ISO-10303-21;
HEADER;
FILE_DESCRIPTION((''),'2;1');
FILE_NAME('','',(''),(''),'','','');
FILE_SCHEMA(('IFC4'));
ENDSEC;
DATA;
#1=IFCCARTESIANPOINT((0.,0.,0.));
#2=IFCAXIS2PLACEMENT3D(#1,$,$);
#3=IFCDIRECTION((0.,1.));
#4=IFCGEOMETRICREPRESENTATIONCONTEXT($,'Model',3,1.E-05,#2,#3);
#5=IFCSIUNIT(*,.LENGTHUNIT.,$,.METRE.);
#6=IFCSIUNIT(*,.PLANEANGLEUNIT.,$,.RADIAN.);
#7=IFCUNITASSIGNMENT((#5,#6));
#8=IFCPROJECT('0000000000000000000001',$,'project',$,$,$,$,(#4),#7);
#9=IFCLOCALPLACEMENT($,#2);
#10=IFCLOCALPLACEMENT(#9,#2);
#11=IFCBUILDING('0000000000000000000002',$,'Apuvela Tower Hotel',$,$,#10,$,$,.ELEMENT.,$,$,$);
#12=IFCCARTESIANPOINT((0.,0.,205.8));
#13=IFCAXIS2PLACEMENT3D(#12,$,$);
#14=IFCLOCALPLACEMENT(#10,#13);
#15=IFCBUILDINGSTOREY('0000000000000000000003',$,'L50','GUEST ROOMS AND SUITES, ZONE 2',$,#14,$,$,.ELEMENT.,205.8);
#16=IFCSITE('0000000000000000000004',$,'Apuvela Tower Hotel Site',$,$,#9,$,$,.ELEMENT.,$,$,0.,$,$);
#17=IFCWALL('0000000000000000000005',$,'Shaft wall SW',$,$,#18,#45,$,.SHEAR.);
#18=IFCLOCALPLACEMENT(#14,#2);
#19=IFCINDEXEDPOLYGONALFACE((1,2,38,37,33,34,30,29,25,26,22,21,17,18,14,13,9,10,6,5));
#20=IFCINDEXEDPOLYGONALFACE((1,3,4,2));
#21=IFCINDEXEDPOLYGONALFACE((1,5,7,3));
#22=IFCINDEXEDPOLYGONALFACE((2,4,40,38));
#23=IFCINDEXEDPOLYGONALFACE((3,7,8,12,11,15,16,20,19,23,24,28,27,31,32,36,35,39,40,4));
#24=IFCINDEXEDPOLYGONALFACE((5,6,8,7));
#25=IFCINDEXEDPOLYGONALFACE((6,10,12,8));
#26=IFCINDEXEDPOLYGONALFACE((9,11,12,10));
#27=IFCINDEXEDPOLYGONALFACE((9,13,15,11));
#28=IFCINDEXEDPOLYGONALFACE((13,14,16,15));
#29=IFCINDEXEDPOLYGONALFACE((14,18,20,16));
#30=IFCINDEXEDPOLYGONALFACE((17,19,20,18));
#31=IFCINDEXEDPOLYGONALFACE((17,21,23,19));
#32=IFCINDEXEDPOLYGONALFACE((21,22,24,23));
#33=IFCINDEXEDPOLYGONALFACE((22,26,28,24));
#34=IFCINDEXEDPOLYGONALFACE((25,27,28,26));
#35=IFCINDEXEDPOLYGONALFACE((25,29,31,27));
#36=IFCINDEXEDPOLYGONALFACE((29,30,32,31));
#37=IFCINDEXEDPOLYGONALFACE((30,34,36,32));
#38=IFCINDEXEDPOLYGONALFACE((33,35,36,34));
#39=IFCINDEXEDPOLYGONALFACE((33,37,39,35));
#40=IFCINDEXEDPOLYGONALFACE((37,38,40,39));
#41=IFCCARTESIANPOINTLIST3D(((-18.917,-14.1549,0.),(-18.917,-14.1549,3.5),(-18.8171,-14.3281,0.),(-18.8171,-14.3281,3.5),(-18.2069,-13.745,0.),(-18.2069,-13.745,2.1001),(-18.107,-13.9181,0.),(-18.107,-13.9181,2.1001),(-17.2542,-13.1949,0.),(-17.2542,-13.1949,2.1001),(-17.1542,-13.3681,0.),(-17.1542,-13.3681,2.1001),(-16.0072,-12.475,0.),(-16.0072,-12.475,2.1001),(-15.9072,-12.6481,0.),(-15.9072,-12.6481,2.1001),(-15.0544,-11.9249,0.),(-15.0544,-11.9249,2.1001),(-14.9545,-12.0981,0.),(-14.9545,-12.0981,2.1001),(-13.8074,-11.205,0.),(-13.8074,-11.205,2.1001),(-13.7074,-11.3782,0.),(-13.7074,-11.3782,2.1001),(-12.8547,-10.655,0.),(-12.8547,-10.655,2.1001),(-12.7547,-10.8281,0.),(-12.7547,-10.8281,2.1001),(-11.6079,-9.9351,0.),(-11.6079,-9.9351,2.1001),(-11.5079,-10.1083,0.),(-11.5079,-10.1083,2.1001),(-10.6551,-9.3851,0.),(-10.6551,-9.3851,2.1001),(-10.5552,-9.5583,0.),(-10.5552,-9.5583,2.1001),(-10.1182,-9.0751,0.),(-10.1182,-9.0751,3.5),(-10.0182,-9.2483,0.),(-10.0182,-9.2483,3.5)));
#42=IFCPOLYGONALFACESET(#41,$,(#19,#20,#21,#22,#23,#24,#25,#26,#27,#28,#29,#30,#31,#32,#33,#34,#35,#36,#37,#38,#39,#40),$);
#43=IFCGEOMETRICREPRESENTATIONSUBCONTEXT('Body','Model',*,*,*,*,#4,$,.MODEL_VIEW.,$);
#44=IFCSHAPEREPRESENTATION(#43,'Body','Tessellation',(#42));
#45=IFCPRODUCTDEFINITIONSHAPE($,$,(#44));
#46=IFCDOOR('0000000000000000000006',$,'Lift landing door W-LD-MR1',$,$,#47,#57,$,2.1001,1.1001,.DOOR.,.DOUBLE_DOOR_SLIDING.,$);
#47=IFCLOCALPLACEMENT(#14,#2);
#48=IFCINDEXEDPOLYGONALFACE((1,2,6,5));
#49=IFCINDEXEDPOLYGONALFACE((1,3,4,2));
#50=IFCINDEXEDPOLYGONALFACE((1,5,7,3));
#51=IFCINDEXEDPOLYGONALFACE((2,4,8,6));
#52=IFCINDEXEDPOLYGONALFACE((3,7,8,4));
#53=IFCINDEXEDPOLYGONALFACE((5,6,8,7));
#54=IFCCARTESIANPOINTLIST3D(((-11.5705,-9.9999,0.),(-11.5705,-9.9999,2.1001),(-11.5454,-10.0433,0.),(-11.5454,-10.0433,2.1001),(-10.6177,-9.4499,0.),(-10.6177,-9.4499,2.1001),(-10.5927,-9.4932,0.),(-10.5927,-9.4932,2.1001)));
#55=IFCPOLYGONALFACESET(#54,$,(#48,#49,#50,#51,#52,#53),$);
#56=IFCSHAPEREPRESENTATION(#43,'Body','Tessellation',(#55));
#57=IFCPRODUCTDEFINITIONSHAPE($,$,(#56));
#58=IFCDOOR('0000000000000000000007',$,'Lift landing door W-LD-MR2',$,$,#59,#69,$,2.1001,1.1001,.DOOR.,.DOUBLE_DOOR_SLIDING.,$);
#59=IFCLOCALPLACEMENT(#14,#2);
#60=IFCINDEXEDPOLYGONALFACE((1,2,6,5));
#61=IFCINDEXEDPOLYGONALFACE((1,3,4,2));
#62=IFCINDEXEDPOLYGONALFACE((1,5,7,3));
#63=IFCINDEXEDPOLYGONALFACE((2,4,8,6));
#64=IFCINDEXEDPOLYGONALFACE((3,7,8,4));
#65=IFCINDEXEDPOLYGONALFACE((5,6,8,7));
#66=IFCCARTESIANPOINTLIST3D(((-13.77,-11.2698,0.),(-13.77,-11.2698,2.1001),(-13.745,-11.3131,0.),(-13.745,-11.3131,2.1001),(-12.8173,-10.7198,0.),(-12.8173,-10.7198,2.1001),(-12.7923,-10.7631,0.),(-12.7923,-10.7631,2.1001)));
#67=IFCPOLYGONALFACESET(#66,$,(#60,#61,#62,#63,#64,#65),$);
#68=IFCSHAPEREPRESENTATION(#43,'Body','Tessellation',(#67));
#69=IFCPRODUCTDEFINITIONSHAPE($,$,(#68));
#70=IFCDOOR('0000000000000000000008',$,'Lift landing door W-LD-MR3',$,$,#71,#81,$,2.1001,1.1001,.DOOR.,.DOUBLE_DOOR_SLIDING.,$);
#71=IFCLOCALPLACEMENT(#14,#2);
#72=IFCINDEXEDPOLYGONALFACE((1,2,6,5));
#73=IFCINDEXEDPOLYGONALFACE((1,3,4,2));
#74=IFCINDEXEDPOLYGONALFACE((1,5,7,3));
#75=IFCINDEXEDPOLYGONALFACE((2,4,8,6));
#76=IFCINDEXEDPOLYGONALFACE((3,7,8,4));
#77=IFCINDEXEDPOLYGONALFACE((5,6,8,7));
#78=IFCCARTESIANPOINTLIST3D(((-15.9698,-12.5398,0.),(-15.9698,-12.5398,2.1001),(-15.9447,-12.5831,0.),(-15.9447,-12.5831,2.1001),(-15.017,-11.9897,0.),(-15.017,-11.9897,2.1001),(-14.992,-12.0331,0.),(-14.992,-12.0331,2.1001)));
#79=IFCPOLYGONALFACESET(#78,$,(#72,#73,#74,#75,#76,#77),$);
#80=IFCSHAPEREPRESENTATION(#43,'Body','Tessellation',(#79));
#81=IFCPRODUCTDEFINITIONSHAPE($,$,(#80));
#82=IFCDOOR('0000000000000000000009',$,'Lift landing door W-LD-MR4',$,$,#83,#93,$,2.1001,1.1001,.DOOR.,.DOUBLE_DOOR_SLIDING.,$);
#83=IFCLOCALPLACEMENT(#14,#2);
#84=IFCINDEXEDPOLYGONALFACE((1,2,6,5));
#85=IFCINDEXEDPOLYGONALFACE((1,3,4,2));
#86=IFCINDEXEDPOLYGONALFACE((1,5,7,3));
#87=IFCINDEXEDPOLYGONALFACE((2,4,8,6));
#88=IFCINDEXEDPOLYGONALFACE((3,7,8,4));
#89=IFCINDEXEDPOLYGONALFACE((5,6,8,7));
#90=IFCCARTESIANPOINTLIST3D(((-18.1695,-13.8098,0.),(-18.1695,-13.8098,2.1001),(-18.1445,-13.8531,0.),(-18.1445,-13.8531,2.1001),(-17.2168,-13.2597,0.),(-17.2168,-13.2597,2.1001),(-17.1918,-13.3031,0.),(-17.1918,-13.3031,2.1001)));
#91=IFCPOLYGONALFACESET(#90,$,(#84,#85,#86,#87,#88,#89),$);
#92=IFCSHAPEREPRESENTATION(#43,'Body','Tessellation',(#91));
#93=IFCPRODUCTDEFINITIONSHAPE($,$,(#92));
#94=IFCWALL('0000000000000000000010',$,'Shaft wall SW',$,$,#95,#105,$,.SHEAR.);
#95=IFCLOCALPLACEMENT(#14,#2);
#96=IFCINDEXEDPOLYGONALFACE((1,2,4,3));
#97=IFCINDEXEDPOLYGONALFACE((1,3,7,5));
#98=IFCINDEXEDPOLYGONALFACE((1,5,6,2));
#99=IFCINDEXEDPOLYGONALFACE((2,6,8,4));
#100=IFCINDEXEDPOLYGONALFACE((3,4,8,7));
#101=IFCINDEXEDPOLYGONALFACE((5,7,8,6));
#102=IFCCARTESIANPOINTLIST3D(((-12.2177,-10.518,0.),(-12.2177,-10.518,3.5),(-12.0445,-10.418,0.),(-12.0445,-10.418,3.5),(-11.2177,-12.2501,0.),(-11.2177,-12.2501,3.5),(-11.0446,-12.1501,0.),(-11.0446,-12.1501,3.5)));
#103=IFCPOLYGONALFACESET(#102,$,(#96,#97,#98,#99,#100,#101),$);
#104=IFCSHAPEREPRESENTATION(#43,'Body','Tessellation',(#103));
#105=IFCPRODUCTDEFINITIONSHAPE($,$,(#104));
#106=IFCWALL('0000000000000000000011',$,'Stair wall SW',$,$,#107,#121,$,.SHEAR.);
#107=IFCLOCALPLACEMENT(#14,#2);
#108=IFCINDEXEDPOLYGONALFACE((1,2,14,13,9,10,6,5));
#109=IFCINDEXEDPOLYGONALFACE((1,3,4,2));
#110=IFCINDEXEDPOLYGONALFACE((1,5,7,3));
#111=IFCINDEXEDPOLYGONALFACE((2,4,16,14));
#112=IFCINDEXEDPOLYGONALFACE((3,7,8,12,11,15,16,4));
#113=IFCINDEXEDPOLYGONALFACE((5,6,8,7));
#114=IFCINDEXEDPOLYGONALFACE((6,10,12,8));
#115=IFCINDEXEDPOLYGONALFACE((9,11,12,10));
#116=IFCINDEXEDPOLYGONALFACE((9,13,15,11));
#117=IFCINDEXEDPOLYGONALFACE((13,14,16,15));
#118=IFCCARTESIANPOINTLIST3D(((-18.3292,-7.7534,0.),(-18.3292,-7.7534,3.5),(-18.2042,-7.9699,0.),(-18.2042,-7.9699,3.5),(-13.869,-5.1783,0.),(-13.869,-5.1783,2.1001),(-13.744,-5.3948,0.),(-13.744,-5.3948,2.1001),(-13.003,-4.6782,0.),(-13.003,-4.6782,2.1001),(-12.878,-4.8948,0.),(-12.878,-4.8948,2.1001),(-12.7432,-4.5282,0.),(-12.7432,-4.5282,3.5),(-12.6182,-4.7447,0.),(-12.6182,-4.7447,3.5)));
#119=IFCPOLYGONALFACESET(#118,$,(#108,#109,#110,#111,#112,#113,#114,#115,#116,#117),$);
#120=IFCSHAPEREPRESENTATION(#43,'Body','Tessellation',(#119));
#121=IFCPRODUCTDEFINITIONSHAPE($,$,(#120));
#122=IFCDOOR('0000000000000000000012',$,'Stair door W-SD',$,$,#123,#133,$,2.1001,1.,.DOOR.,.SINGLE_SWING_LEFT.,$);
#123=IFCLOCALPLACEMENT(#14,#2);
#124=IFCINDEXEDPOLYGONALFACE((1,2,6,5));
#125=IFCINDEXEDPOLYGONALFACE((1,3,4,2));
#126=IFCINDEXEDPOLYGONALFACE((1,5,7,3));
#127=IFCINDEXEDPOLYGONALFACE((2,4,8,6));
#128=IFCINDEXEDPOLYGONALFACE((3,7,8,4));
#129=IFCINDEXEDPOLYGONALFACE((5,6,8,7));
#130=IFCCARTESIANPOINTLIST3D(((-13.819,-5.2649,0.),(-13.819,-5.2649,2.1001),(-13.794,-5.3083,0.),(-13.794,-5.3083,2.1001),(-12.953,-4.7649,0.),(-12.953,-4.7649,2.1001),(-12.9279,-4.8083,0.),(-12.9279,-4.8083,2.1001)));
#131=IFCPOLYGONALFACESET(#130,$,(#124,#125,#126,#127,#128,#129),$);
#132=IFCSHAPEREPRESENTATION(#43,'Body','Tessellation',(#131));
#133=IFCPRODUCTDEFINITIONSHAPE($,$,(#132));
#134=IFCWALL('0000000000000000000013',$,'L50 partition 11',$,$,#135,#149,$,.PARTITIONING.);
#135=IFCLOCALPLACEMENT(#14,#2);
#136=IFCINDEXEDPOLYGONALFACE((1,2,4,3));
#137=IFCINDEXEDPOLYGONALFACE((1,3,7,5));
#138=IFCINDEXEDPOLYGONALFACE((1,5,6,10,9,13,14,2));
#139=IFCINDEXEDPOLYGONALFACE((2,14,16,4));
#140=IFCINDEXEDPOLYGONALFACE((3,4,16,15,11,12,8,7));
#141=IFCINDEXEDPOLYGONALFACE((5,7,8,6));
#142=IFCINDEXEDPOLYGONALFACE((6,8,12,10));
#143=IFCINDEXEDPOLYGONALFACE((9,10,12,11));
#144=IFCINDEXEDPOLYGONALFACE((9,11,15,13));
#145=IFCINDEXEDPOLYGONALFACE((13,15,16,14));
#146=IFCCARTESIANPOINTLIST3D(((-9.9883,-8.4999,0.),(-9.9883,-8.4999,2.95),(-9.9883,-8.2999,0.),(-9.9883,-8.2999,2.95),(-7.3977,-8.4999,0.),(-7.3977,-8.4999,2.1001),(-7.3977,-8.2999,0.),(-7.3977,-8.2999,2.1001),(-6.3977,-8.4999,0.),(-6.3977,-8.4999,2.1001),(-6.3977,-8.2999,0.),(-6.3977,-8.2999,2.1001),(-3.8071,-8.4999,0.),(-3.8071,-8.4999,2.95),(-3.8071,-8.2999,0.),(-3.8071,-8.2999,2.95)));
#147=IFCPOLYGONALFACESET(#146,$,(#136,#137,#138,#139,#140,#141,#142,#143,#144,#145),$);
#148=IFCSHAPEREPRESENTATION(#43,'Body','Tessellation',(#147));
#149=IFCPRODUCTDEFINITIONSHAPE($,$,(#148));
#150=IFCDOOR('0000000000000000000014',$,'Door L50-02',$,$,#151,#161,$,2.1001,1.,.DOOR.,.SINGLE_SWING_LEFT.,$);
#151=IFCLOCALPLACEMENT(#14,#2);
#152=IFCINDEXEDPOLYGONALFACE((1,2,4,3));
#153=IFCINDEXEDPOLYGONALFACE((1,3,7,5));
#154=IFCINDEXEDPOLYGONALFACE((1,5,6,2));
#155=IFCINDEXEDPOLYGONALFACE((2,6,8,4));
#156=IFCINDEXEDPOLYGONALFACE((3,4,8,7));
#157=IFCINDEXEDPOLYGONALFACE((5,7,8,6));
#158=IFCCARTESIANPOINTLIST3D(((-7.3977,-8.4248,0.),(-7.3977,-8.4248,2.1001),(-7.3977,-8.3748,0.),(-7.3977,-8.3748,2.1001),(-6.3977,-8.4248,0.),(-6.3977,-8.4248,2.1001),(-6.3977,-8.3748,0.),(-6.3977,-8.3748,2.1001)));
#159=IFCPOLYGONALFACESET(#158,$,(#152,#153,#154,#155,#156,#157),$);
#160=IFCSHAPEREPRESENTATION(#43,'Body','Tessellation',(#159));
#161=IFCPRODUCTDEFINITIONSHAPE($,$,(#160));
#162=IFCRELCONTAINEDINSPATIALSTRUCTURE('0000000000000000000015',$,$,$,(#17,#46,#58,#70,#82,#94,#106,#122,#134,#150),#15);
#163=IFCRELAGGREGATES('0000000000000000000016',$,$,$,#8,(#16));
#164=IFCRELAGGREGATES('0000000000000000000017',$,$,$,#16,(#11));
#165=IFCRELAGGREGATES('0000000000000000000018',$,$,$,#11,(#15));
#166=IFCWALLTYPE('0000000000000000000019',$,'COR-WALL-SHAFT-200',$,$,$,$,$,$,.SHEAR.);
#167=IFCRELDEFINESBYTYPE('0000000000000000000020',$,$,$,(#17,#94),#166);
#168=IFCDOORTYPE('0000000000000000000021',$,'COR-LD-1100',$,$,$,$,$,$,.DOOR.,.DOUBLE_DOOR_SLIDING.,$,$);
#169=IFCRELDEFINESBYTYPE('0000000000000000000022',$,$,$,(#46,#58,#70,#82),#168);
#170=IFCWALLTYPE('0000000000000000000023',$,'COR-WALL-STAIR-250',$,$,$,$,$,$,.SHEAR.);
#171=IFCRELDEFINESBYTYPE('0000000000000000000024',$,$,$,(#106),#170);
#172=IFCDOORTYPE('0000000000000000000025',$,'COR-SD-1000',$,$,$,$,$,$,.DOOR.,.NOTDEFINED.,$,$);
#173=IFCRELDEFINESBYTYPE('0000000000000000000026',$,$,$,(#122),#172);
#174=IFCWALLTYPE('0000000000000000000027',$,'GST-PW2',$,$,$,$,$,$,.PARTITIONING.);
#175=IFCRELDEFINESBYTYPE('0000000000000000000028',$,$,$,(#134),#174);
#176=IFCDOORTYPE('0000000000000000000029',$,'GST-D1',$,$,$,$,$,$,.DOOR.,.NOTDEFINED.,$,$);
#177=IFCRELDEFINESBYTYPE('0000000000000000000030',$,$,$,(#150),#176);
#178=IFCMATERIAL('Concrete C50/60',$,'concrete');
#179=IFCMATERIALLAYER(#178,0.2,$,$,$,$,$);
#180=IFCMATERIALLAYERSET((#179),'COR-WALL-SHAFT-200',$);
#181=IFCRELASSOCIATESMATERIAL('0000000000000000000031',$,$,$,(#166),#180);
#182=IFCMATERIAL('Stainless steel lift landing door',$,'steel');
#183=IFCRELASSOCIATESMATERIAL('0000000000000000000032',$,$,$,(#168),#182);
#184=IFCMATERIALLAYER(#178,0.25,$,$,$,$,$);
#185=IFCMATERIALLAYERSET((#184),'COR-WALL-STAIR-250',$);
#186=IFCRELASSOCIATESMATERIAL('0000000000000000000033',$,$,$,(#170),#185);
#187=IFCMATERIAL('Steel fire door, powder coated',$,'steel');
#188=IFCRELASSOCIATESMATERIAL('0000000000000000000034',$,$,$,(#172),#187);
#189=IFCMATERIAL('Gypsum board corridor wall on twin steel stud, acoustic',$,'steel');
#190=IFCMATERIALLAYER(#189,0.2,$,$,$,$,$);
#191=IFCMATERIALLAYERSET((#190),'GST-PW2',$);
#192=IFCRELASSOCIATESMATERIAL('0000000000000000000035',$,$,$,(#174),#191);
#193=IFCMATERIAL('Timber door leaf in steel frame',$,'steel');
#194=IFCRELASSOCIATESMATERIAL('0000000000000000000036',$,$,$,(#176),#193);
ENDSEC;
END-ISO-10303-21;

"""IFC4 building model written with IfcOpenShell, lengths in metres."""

from ifc_helpers import new_model, si_unit, direction, frame, frame_2d, origin, place, context, subcontext, project, spatial, rectangle, extrude, material, layer, layer_set, type_object, element, fill, save


model = new_model("IFC4")

# Units and contexts
model_context = context("Model", 3, precision=1e-05, world=origin(), true_north=direction((0.0, 1.0)))
body_context = subcontext(model_context, "Body", "Model", "MODEL_VIEW")
ifc_project = project(units=[si_unit("LENGTHUNIT", "METRE"), si_unit("PLANEANGLEUNIT", "RADIAN")], contexts=[model_context])

# Site, building, storey
site_placement = place(None, origin())
site = spatial("IfcSite", under=ifc_project, at=site_placement, Name="Apuvela Tower Hotel Site", CompositionType="ELEMENT", RefElevation=0.0)
building_placement = place(site_placement, origin())
building = spatial("IfcBuilding", under=site, at=building_placement, Name="Apuvela Tower Hotel", CompositionType="ELEMENT")
storey_placement = place(building_placement, frame((0.0, 0.0, 205.8)))
storey = spatial("IfcBuildingStorey", under=building, at=storey_placement, Name="L50", Description="GUEST ROOMS AND SUITES, ZONE 2", CompositionType="ELEMENT", Elevation=205.8)

# Shared definitions
ifc_material_1 = material(Name="Concrete C50/60", Category="concrete")
ifc_material_2 = material(Name="Steel fire door, powder coated", Category="steel")

# Shared definitions
ifc_layer_1 = layer(ifc_material_1, 0.2)
ifc_layer_set_1 = layer_set([ifc_layer_1], Name="COR-WALL-SHAFT-200")
wall_type_1 = type_object("IfcWallType", Name="COR-WALL-SHAFT-200", PredefinedType="SHEAR", material=ifc_layer_set_1)
ifc_material_3 = material(Name="Stainless steel lift landing door", Category="steel")

# Wall, openings, doors
wall_1_placement = place(storey_placement, frame((-10.0681, -9.1616, 0.0), z_axis=(0.0, 0.0, 1.0), x_axis=(-0.866033, -0.499987, 0.0)))
wall_1 = element("IfcWall", 1, at=wall_1_placement, inside=storey, type_object=wall_type_1, Name="Shaft wall SW", PredefinedType="SHEAR", context=body_context, shape_type="SweptSolid", body=[
    extrude(rectangle(XDim=10.1599, YDim=0.2, at=frame_2d((5.0801, 0.0))), origin(), (0.0, 0.0, 1.0), 3.5),
])
opening_1_placement = place(wall_1_placement, frame((0.6201, 0.0, 0.0)))
opening_1 = element("IfcOpeningElement", 2, at=opening_1_placement, cuts=wall_1, PredefinedType="OPENING", context=body_context, shape_type="SweptSolid", body=[
    extrude(rectangle(XDim=1.1001, YDim=2.1001, at=frame_2d((0.55, 1.05))), frame((0.0, 0.1099, 0.0), z_axis=(0.0, -1.0, 0.0), x_axis=(1.0, 0.0, 0.0)), (0.0, 0.0, 1.0), 0.22),
])
opening_2_placement = place(wall_1_placement, frame((3.1599, 0.0, 0.0)))
opening_2 = element("IfcOpeningElement", 3, at=opening_2_placement, cuts=wall_1, PredefinedType="OPENING", context=body_context, shape_type="SweptSolid", body=[
    extrude(rectangle(XDim=1.1001, YDim=2.1001, at=frame_2d((0.55, 1.05))), frame((0.0, 0.1099, 0.0), z_axis=(0.0, -1.0, 0.0), x_axis=(1.0, 0.0, 0.0)), (0.0, 0.0, 1.0), 0.22),
])
opening_3_placement = place(wall_1_placement, frame((5.7, 0.0, 0.0)))
opening_3 = element("IfcOpeningElement", 4, at=opening_3_placement, cuts=wall_1, PredefinedType="OPENING", context=body_context, shape_type="SweptSolid", body=[
    extrude(rectangle(XDim=1.1001, YDim=2.1001, at=frame_2d((0.55, 1.05))), frame((0.0, 0.1099, 0.0), z_axis=(0.0, -1.0, 0.0), x_axis=(1.0, 0.0, 0.0)), (0.0, 0.0, 1.0), 0.22),
])
opening_4_placement = place(wall_1_placement, frame((8.24, 0.0, 0.0)))
opening_4 = element("IfcOpeningElement", 5, at=opening_4_placement, cuts=wall_1, PredefinedType="OPENING", context=body_context, shape_type="SweptSolid", body=[
    extrude(rectangle(XDim=1.1001, YDim=2.1001, at=frame_2d((0.55, 1.05))), frame((0.0, 0.1099, 0.0), z_axis=(0.0, -1.0, 0.0), x_axis=(1.0, 0.0, 0.0)), (0.0, 0.0, 1.0), 0.22),
])
door_type_1 = type_object("IfcDoorType", Name="COR-LD-1100", OperationType="DOUBLE_DOOR_SLIDING", PredefinedType="DOOR", material=ifc_material_3)
door_1_placement = place(opening_1_placement, origin())
door_1 = element("IfcDoor", 6, at=door_1_placement, inside=storey, type_object=door_type_1, Name="Lift landing door W-LD-MR1", OperationType="DOUBLE_DOOR_SLIDING", OverallHeight=2.1001, OverallWidth=1.1001, PredefinedType="DOOR", context=body_context, shape_type="SweptSolid", body=[
    extrude(rectangle(XDim=1.1001, YDim=2.1001, at=frame_2d((0.55, 1.05))), frame((0.0, 0.0249, 0.0), z_axis=(0.0, -1.0, 0.0), x_axis=(1.0, 0.0, 0.0)), (0.0, 0.0, 1.0), 0.05),
])
fill(opening_1, door_1)
door_2_placement = place(opening_2_placement, origin())
door_2 = element("IfcDoor", 7, at=door_2_placement, inside=storey, type_object=door_type_1, Name="Lift landing door W-LD-MR2", OperationType="DOUBLE_DOOR_SLIDING", OverallHeight=2.1001, OverallWidth=1.1001, PredefinedType="DOOR", context=body_context, shape_type="SweptSolid", body=[
    extrude(rectangle(XDim=1.1001, YDim=2.1001, at=frame_2d((0.55, 1.05))), frame((0.0, 0.0249, 0.0), z_axis=(0.0, -1.0, 0.0), x_axis=(1.0, 0.0, 0.0)), (0.0, 0.0, 1.0), 0.05),
])
fill(opening_2, door_2)
door_3_placement = place(opening_3_placement, origin())
door_3 = element("IfcDoor", 8, at=door_3_placement, inside=storey, type_object=door_type_1, Name="Lift landing door W-LD-MR3", OperationType="DOUBLE_DOOR_SLIDING", OverallHeight=2.1001, OverallWidth=1.1001, PredefinedType="DOOR", context=body_context, shape_type="SweptSolid", body=[
    extrude(rectangle(XDim=1.1001, YDim=2.1001, at=frame_2d((0.55, 1.05))), frame((0.0, 0.0249, 0.0), z_axis=(0.0, -1.0, 0.0), x_axis=(1.0, 0.0, 0.0)), (0.0, 0.0, 1.0), 0.05),
])
fill(opening_3, door_3)
door_4_placement = place(opening_4_placement, origin())
door_4 = element("IfcDoor", 9, at=door_4_placement, inside=storey, type_object=door_type_1, Name="Lift landing door W-LD-MR4", OperationType="DOUBLE_DOOR_SLIDING", OverallHeight=2.1001, OverallWidth=1.1001, PredefinedType="DOOR", context=body_context, shape_type="SweptSolid", body=[
    extrude(rectangle(XDim=1.1001, YDim=2.1001, at=frame_2d((0.55, 1.05))), frame((0.0, 0.0249, 0.0), z_axis=(0.0, -1.0, 0.0), x_axis=(1.0, 0.0, 0.0)), (0.0, 0.0, 1.0), 0.05),
])
fill(opening_4, door_4)

# Wall
wall_2_placement = place(storey_placement, frame((-12.1311, -10.468, 0.0), z_axis=(0.0, 0.0, 1.0), x_axis=(0.499973, -0.866041, 0.0)))
element("IfcWall", 10, at=wall_2_placement, inside=storey, type_object=wall_type_1, Name="Shaft wall SW", PredefinedType="SHEAR", context=body_context, shape_type="SweptSolid", body=[
    extrude(rectangle(XDim=2.0, YDim=0.2, at=frame_2d((1.0, 0.0))), origin(), (0.0, 0.0, 1.0), 3.5),
])

# Walls, openings, doors
ifc_layer_2 = layer(ifc_material_1, 0.25)
ifc_layer_set_2 = layer_set([ifc_layer_2], Name="COR-WALL-STAIR-250")
wall_type_2 = type_object("IfcWallType", Name="COR-WALL-STAIR-250", PredefinedType="SHEAR", material=ifc_layer_set_2)
wall_3_placement = place(storey_placement, frame((-12.6807, -4.6365, 0.0), z_axis=(0.0, 0.0, 1.0), x_axis=(-0.866022, -0.500006, 0.0)))
wall_3 = element("IfcWall", 11, at=wall_3_placement, inside=storey, type_object=wall_type_2, Name="Stair wall SW", PredefinedType="SHEAR", context=body_context, shape_type="SweptSolid", body=[
    extrude(rectangle(XDim=6.4502, YDim=0.25, at=frame_2d((3.2251, 0.0))), origin(), (0.0, 0.0, 1.0), 3.5),
])
opening_5_placement = place(wall_3_placement, frame((0.3, 0.0, 0.0)))
opening_5 = element("IfcOpeningElement", 12, at=opening_5_placement, cuts=wall_3, PredefinedType="OPENING", context=body_context, shape_type="SweptSolid", body=[
    extrude(rectangle(XDim=1.0, YDim=2.1001, at=frame_2d((0.5, 1.05))), frame((0.0, 0.135, 0.0), z_axis=(0.0, -1.0, 0.0), x_axis=(1.0, 0.0, 0.0)), (0.0, 0.0, 1.0), 0.27),
])
door_type_2 = type_object("IfcDoorType", Name="COR-SD-1000", OperationType="NOTDEFINED", PredefinedType="DOOR", material=ifc_material_2)
door_5_placement = place(opening_5_placement, frame((1.0, 0.0, 0.0), z_axis=(0.0, 0.0, 1.0), x_axis=(-1.0, 0.0, 0.0)))
door_5 = element("IfcDoor", 13, at=door_5_placement, inside=storey, type_object=door_type_2, Name="Stair door W-SD", OperationType="SINGLE_SWING_LEFT", OverallHeight=2.1001, OverallWidth=1.0, PredefinedType="DOOR", context=body_context, shape_type="SweptSolid", body=[
    extrude(rectangle(XDim=1.0, YDim=2.1001, at=frame_2d((0.5, 1.05))), frame((0.0, 0.0249, 0.0), z_axis=(0.0, -1.0, 0.0), x_axis=(1.0, 0.0, 0.0)), (0.0, 0.0, 1.0), 0.05),
])
fill(opening_5, door_5)
ifc_material_4 = material(Name="Gypsum board corridor wall on twin steel stud, acoustic", Category="steel")
ifc_layer_3 = layer(ifc_material_4, 0.2)
ifc_layer_set_3 = layer_set([ifc_layer_3], Name="GST-PW2")
wall_type_3 = type_object("IfcWallType", Name="GST-PW2", PredefinedType="PARTITIONING", material=ifc_layer_set_3)
wall_4_placement = place(storey_placement, frame((-3.8071, -8.3999, 0.0), z_axis=(0.0, 0.0, 1.0), x_axis=(-1.0, 0.0, 0.0)))
wall_4 = element("IfcWall", 14, at=wall_4_placement, inside=storey, type_object=wall_type_3, Name="L50 partition 11", PredefinedType="PARTITIONING", context=body_context, shape_type="SweptSolid", body=[
    extrude(rectangle(XDim=6.1812, YDim=0.2, at=frame_2d((3.0906, 0.0))), origin(), (0.0, 0.0, 1.0), 2.95),
])
opening_6_placement = place(wall_4_placement, frame((2.5906, 0.0, 0.0)))
opening_6 = element("IfcOpeningElement", 15, at=opening_6_placement, cuts=wall_4, PredefinedType="OPENING", context=body_context, shape_type="SweptSolid", body=[
    extrude(rectangle(XDim=1.0, YDim=2.1001, at=frame_2d((0.5, 1.05))), frame((0.0, 0.1099, 0.0), z_axis=(0.0, -1.0, 0.0), x_axis=(1.0, 0.0, 0.0)), (0.0, 0.0, 1.0), 0.22),
])
ifc_material_5 = material(Name="Timber door leaf in steel frame", Category="steel")
door_type_3 = type_object("IfcDoorType", Name="GST-D1", OperationType="NOTDEFINED", PredefinedType="DOOR", material=ifc_material_5)
door_6_placement = place(opening_6_placement, origin())
door_6 = element("IfcDoor", 16, at=door_6_placement, inside=storey, type_object=door_type_3, Name="Door L50-02", OperationType="SINGLE_SWING_LEFT", OverallHeight=2.1001, OverallWidth=1.0, PredefinedType="DOOR", context=body_context, shape_type="SweptSolid", body=[
    extrude(rectangle(XDim=1.0, YDim=2.1001, at=frame_2d((0.5, 1.05))), frame((0.0, 0.0249, 0.0), z_axis=(0.0, -1.0, 0.0), x_axis=(1.0, 0.0, 0.0)), (0.0, 0.0, 1.0), 0.05),
])
fill(opening_6, door_6)

save(model, "model.ifc")
